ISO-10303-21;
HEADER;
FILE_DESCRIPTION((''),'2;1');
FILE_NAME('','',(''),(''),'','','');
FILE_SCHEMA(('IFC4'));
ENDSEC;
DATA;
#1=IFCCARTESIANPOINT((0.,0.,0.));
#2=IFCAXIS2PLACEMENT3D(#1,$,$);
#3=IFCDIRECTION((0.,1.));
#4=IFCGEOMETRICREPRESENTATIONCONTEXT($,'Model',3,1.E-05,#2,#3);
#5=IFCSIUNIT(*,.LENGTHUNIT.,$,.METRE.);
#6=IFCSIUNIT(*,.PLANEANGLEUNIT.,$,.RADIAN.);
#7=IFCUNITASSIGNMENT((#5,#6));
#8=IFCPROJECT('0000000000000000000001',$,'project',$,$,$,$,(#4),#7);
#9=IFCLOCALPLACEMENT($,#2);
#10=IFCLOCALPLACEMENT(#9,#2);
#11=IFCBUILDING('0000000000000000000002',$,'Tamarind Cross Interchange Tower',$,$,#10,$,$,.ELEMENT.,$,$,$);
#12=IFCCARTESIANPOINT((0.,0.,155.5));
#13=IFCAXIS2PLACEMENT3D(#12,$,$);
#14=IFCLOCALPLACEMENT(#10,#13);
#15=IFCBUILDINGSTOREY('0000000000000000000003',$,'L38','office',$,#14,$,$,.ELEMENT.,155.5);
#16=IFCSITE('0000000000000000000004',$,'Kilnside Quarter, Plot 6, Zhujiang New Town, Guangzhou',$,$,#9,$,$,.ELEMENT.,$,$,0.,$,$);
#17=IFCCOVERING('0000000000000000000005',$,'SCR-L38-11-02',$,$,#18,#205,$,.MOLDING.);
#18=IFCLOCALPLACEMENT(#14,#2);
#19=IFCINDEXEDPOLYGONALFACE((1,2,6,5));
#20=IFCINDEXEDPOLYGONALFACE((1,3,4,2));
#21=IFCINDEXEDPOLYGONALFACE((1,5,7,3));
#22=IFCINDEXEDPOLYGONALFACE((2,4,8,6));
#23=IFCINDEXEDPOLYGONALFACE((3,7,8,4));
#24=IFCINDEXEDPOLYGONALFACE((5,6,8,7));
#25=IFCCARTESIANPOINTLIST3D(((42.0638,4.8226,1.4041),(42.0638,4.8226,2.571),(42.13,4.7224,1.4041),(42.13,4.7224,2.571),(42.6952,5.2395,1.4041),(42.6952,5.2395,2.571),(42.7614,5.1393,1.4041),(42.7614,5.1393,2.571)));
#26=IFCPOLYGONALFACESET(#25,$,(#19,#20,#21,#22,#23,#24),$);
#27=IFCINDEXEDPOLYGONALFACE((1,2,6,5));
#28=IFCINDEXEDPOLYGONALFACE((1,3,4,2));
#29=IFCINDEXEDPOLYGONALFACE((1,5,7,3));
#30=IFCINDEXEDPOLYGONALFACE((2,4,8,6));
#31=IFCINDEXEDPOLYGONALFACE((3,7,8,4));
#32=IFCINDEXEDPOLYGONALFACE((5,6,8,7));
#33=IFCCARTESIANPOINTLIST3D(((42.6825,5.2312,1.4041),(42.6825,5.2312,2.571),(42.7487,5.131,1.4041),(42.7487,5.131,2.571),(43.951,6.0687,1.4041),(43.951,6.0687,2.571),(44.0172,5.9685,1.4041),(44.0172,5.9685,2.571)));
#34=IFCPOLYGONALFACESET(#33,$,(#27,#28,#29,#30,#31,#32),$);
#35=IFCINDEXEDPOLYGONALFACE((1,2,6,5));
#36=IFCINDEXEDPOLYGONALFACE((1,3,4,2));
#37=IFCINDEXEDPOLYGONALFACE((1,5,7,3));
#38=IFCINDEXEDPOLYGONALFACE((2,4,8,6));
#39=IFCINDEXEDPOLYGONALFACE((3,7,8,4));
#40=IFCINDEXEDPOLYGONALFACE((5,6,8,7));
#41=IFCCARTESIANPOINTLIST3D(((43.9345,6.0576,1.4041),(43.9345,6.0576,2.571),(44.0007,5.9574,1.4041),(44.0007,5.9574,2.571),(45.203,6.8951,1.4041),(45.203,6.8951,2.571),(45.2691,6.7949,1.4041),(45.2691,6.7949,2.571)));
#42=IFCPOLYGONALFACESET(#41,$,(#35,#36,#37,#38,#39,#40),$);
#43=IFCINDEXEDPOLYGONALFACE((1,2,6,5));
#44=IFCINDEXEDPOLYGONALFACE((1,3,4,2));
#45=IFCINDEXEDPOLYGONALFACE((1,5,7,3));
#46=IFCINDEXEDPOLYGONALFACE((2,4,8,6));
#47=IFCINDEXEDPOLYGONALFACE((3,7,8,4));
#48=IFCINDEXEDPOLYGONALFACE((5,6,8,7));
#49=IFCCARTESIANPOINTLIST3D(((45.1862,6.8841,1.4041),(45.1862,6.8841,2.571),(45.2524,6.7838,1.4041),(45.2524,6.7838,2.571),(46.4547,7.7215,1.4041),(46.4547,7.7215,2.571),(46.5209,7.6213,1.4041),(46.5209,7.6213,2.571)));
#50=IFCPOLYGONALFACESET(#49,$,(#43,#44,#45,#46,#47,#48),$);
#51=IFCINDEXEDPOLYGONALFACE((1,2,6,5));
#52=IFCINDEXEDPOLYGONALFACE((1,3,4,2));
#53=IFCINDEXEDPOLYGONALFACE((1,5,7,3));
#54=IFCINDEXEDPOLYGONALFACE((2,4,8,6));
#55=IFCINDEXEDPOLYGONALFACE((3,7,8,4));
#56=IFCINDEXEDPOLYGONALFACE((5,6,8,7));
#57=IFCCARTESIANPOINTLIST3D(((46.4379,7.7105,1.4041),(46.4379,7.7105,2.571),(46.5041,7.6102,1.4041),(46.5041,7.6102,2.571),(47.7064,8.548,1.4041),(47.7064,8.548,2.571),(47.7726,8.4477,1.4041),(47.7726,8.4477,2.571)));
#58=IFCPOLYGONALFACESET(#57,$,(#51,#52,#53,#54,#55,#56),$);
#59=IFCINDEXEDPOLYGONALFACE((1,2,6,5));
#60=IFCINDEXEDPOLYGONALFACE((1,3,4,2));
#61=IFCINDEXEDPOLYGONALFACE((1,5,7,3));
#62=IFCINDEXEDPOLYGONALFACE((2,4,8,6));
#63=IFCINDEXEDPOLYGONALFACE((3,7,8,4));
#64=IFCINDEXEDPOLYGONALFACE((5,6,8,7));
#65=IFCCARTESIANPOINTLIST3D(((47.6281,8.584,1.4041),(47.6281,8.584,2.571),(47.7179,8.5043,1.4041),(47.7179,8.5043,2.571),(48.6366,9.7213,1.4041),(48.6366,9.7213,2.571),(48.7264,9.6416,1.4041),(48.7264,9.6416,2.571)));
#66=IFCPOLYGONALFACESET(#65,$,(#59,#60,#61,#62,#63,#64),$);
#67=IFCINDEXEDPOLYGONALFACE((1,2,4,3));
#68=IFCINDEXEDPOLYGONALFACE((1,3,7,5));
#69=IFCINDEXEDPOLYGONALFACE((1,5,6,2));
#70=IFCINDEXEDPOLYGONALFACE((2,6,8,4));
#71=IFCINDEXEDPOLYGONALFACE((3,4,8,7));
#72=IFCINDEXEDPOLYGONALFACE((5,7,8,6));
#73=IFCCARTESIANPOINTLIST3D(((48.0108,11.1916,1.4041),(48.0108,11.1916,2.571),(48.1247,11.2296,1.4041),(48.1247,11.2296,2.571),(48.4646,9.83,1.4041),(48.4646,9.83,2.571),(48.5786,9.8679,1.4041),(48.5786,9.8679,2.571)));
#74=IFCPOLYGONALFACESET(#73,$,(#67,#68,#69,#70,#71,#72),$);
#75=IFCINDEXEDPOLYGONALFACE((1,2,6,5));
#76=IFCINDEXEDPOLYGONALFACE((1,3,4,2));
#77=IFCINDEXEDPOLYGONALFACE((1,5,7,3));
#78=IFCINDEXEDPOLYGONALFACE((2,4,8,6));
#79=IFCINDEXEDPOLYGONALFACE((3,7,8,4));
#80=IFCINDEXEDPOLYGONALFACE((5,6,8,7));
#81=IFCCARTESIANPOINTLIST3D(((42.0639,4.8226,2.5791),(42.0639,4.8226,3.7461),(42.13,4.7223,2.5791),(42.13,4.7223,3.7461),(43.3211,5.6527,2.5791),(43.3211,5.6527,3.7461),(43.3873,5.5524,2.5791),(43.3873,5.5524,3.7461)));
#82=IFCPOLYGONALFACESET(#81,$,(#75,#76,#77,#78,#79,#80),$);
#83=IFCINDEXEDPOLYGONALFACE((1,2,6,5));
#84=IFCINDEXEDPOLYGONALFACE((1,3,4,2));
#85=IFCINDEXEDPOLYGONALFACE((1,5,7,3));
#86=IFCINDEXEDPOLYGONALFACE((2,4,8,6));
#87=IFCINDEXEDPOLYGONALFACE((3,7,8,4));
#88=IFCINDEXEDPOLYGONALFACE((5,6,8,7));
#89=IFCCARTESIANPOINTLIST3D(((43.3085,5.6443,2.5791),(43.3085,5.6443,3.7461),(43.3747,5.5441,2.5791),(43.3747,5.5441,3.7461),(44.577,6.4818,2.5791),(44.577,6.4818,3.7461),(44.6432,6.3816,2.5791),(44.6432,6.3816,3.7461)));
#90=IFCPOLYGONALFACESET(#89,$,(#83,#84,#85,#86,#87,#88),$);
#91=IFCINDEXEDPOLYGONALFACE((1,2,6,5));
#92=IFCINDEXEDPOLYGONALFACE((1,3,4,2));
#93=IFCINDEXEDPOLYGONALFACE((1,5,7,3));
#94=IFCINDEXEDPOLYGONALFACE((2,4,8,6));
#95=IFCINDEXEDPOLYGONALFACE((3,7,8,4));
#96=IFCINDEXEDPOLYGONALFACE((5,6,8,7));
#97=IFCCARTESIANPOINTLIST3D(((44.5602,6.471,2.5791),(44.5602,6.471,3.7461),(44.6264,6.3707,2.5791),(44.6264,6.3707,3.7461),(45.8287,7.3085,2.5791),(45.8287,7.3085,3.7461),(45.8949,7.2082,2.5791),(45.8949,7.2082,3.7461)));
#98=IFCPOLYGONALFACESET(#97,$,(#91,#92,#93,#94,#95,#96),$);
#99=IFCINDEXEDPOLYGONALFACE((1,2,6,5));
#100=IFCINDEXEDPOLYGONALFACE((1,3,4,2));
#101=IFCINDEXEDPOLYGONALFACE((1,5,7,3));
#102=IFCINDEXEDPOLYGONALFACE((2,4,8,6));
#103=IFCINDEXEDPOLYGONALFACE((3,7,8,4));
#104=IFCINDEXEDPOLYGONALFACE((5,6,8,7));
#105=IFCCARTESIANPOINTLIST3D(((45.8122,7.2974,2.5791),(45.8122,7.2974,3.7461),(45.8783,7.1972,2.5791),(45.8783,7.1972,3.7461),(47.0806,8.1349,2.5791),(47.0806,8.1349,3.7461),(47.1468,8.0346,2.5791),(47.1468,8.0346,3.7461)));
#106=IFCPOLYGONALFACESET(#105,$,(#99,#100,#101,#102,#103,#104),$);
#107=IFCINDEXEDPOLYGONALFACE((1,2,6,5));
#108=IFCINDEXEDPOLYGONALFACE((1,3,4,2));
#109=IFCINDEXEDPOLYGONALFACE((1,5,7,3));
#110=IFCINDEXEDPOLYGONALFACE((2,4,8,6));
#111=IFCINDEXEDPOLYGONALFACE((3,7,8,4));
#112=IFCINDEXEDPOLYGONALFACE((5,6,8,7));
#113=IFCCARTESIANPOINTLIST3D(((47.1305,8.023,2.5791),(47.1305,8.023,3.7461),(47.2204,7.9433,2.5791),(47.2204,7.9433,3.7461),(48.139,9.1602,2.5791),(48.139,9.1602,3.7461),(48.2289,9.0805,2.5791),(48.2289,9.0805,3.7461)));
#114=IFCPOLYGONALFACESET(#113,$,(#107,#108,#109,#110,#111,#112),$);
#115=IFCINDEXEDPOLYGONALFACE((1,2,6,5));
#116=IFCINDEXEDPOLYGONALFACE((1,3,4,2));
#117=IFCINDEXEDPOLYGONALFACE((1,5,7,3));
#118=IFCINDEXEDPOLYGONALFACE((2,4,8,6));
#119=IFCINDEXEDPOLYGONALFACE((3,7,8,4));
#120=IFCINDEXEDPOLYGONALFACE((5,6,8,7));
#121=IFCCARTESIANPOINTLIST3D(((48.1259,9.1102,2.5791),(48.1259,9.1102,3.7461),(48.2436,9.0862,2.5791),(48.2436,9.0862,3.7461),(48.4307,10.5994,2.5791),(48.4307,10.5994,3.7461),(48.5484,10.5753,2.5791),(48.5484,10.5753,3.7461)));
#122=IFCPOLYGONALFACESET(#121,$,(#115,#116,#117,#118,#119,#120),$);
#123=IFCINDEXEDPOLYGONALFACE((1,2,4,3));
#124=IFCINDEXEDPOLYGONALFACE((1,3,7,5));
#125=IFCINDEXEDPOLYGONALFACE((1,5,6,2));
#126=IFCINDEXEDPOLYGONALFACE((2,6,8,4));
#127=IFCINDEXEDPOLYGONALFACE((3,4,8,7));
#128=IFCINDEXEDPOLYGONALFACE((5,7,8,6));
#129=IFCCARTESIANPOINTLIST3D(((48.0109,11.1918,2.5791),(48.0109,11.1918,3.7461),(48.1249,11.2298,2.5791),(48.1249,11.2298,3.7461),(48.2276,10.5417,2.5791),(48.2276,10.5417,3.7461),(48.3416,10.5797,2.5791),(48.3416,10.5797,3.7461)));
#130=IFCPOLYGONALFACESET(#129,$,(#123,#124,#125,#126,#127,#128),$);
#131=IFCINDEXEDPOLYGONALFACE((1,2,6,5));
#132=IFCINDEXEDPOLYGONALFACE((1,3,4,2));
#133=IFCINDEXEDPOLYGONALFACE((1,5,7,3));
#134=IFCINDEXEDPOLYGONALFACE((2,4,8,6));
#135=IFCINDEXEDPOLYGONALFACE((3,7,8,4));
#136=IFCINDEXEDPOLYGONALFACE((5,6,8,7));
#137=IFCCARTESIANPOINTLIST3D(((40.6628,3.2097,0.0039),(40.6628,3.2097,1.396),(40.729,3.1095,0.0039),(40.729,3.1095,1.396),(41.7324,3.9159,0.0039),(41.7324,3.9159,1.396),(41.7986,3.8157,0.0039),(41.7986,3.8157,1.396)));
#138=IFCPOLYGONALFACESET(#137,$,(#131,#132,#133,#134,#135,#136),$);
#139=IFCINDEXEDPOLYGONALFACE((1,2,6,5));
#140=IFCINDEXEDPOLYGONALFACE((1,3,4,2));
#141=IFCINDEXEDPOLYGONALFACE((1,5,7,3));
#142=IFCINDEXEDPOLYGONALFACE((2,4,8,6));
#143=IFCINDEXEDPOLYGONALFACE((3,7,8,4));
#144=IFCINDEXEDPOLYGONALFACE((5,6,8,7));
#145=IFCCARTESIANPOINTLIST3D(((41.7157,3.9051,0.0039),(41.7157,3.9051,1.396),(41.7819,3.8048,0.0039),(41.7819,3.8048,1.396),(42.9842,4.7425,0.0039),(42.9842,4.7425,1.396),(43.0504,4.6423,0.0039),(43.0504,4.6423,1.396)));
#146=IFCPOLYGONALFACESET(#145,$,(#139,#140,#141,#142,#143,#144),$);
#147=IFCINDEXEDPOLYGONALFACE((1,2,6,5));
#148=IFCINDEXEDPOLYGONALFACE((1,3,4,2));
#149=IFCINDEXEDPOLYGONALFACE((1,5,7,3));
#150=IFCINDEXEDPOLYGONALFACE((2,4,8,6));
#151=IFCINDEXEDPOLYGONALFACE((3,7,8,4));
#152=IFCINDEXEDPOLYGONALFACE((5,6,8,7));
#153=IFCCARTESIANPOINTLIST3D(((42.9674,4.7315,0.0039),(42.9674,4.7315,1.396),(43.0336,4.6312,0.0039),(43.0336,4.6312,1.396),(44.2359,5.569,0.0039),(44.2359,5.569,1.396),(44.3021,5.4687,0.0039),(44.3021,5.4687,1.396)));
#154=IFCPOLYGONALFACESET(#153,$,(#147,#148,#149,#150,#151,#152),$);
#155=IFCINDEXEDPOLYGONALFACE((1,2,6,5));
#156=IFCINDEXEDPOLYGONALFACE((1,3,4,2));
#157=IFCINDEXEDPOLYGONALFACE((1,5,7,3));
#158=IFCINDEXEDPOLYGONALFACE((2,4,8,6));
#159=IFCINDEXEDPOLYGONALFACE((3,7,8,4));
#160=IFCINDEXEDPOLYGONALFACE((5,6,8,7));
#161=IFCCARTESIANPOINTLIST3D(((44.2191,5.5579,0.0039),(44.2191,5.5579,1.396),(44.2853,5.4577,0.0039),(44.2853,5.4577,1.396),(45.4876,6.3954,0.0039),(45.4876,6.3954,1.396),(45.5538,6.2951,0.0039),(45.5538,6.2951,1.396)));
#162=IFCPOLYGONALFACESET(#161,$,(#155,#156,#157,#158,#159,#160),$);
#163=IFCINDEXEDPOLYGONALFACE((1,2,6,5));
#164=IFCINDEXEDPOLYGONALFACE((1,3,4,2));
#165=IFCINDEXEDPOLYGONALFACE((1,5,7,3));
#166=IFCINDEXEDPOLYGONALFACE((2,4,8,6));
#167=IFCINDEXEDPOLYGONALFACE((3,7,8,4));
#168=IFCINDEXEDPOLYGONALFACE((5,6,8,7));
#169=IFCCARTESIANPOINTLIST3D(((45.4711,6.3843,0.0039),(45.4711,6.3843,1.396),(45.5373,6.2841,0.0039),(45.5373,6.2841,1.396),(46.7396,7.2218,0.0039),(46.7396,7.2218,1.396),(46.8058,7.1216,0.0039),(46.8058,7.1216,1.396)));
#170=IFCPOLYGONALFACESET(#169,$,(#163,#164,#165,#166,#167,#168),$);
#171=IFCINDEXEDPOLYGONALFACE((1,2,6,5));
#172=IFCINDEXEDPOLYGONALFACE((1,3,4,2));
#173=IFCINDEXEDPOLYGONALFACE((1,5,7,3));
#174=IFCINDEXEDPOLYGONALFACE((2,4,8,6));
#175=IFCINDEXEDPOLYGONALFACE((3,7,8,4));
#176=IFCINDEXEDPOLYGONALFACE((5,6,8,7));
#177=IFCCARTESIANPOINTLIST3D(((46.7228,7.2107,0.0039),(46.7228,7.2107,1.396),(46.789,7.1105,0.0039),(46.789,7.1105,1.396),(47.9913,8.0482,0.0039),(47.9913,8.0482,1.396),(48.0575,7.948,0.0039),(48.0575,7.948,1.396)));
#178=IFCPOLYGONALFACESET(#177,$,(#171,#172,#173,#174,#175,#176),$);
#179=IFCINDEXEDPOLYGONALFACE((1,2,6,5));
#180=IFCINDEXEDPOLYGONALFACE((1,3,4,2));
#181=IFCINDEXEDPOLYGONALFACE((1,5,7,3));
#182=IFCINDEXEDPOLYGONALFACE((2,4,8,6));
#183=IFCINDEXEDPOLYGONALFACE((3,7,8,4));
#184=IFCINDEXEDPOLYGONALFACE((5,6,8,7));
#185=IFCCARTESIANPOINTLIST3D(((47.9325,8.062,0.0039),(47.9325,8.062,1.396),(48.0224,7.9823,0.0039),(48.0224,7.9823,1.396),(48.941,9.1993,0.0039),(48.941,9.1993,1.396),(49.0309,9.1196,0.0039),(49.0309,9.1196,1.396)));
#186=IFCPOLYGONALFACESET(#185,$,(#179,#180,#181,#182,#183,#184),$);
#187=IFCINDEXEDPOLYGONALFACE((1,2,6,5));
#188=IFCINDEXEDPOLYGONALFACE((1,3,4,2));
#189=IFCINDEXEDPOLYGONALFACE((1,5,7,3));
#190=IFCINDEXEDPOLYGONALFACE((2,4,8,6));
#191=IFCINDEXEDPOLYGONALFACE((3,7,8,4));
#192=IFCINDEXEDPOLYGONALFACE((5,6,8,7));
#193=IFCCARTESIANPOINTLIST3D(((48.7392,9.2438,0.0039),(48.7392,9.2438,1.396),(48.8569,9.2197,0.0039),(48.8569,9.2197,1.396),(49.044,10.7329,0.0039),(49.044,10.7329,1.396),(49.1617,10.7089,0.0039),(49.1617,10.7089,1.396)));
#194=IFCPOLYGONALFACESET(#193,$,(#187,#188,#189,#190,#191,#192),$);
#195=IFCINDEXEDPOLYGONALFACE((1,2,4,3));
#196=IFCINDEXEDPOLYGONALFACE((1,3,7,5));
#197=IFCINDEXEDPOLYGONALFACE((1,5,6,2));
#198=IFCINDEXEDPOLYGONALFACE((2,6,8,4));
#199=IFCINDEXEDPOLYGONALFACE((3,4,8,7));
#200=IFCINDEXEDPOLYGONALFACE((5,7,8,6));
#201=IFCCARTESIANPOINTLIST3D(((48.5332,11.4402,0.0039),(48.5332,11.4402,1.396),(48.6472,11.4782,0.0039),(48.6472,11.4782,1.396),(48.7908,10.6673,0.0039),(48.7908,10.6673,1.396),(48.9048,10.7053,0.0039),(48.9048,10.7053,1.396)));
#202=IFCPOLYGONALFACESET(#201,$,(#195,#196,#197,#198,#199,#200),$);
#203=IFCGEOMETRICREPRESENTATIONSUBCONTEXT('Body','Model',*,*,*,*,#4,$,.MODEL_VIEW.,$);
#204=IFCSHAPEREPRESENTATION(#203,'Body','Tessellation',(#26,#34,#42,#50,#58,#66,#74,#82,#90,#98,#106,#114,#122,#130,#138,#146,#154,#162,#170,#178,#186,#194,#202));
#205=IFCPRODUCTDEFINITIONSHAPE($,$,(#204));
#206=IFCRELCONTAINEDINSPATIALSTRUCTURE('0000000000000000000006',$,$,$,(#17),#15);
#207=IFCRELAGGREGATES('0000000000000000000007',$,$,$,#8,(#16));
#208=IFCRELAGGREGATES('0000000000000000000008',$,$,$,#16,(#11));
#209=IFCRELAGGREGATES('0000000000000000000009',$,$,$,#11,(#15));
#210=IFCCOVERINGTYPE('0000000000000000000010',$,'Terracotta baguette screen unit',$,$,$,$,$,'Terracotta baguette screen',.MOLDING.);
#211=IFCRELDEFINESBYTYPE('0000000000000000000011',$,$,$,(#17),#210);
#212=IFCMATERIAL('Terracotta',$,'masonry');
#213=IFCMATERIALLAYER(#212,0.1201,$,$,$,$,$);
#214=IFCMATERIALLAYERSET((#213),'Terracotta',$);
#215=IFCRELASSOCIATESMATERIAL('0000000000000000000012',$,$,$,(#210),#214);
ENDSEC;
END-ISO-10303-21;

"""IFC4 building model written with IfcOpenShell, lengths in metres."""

from ifc_helpers import new_model, si_unit, direction, frame, origin, origin_2d, place, context, subcontext, project, spatial, rectangle, extrude, material, layer, layer_set, type_object, element, save


model = new_model("IFC4")

# Units and contexts
model_context = context("Model", 3, precision=1e-05, world=origin(), true_north=direction((0.0, 1.0)))
body_context = subcontext(model_context, "Body", "Model", "MODEL_VIEW")
ifc_project = project(units=[si_unit("LENGTHUNIT", "METRE"), si_unit("PLANEANGLEUNIT", "RADIAN")], contexts=[model_context])

# Site, building, storey
site_placement = place(None, origin())
site = spatial("IfcSite", under=ifc_project, at=site_placement, Name="Kilnside Quarter, Plot 6, Zhujiang New Town, Guangzhou", CompositionType="ELEMENT", RefElevation=0.0)
building_placement = place(site_placement, origin())
building = spatial("IfcBuilding", under=site, at=building_placement, Name="Tamarind Cross Interchange Tower", CompositionType="ELEMENT")
storey_placement = place(building_placement, frame((0.0, 0.0, 155.5)))
storey = spatial("IfcBuildingStorey", under=building, at=storey_placement, Name="L38", Description="office", CompositionType="ELEMENT", Elevation=155.5)

# Covering
ifc_material_1 = material(Name="Terracotta", Category="masonry")
ifc_layer_1 = layer(ifc_material_1, 0.1201)
ifc_layer_set_1 = layer_set([ifc_layer_1], Name="Terracotta")
covering_type = type_object("IfcCoveringType", Name="Terracotta baguette screen unit", ElementType="Terracotta baguette screen", PredefinedType="MOLDING", material=ifc_layer_set_1)
covering_1_placement = place(storey_placement, origin())
element("IfcCovering", 1, at=covering_1_placement, inside=storey, type_object=covering_type, Name="SCR-L38-11-02", PredefinedType="MOLDING", context=body_context, shape_type="SweptSolid", body=[
    extrude(rectangle(XDim=0.7566, YDim=0.1201, at=origin_2d()), frame((42.4126, 4.981, 1.4041), z_axis=(0.0, 0.0, 1.0), x_axis=(0.834525, 0.55097, 0.0)), (0.0, 0.0, 1.0), 1.167),
    extrude(rectangle(XDim=1.52, YDim=0.1201, at=origin_2d()), frame((43.3499, 5.5999, 1.4041), z_axis=(0.0, 0.0, 1.0), x_axis=(0.834525, 0.55097, 0.0)), (0.0, 0.0, 1.0), 1.167),
    extrude(rectangle(XDim=1.52, YDim=0.1201, at=origin_2d()), frame((44.6018, 6.4263, 1.4041), z_axis=(0.0, 0.0, 1.0), x_axis=(0.834525, 0.55097, 0.0)), (0.0, 0.0, 1.0), 1.167),
    extrude(rectangle(XDim=1.52, YDim=0.1201, at=origin_2d()), frame((45.8535, 7.2527, 1.4041), z_axis=(0.0, 0.0, 1.0), x_axis=(0.834525, 0.55097, 0.0)), (0.0, 0.0, 1.0), 1.167),
    extrude(rectangle(XDim=1.52, YDim=0.1201, at=origin_2d()), frame((47.1052, 8.0791, 1.4041), z_axis=(0.0, 0.0, 1.0), x_axis=(0.834525, 0.55097, 0.0)), (0.0, 0.0, 1.0), 1.167),
    extrude(rectangle(XDim=1.52, YDim=0.1201, at=origin_2d()), frame((48.1772, 9.1128, 1.4041), z_axis=(0.0, 0.0, 1.0), x_axis=(0.663488, 0.748187, 0.0)), (0.0, 0.0, 1.0), 1.167),
    extrude(rectangle(XDim=1.4353, YDim=0.1201, at=origin_2d()), frame((48.2947, 10.5298, 1.4041), z_axis=(0.0, 0.0, 1.0), x_axis=(-0.316205, 0.948691, 0.0)), (0.0, 0.0, 1.0), 1.167),
    extrude(rectangle(XDim=1.5066, YDim=0.1201, at=origin_2d()), frame((42.7256, 5.1875, 2.5791), z_axis=(0.0, 0.0, 1.0), x_axis=(0.834525, 0.55097, 0.0)), (0.0, 0.0, 1.0), 1.167),
    extrude(rectangle(XDim=1.52, YDim=0.1201, at=origin_2d()), frame((43.9758, 6.0129, 2.5791), z_axis=(0.0, 0.0, 1.0), x_axis=(0.834525, 0.55097, 0.0)), (0.0, 0.0, 1.0), 1.167),
    extrude(rectangle(XDim=1.52, YDim=0.1201, at=origin_2d()), frame((45.2275, 6.8396, 2.5791), z_axis=(0.0, 0.0, 1.0), x_axis=(0.834525, 0.55097, 0.0)), (0.0, 0.0, 1.0), 1.167),
    extrude(rectangle(XDim=1.52, YDim=0.1201, at=origin_2d()), frame((46.4795, 7.666, 2.5791), z_axis=(0.0, 0.0, 1.0), x_axis=(0.834525, 0.55097, 0.0)), (0.0, 0.0, 1.0), 1.167),
    extrude(rectangle(XDim=1.52, YDim=0.1201, at=origin_2d()), frame((47.6797, 8.5518, 2.5791), z_axis=(0.0, 0.0, 1.0), x_axis=(0.663488, 0.748187, 0.0)), (0.0, 0.0, 1.0), 1.167),
    extrude(rectangle(XDim=1.52, YDim=0.1201, at=origin_2d()), frame((48.3372, 9.8428, 2.5791), z_axis=(0.0, 0.0, 1.0), x_axis=(0.200503, 0.979693, 0.0)), (0.0, 0.0, 1.0), 1.167),
    extrude(rectangle(XDim=0.6853, YDim=0.1201, at=origin_2d()), frame((48.1763, 10.8857, 2.5791), z_axis=(0.0, 0.0, 1.0), x_axis=(-0.316205, 0.948691, 0.0)), (0.0, 0.0, 1.0), 1.167),
    extrude(rectangle(XDim=1.2817, YDim=0.1201, at=origin_2d()), frame((41.2307, 3.5127, 0.0039), z_axis=(0.0, 0.0, 1.0), x_axis=(0.834525, 0.55097, 0.0)), (0.0, 0.0, 1.0), 1.3921),
    extrude(rectangle(XDim=1.52, YDim=0.1201, at=origin_2d()), frame((42.3831, 4.2737, 0.0039), z_axis=(0.0, 0.0, 1.0), x_axis=(0.834525, 0.55097, 0.0)), (0.0, 0.0, 1.0), 1.3921),
    extrude(rectangle(XDim=1.52, YDim=0.1201, at=origin_2d()), frame((43.6348, 5.1001, 0.0039), z_axis=(0.0, 0.0, 1.0), x_axis=(0.834525, 0.55097, 0.0)), (0.0, 0.0, 1.0), 1.3921),
    extrude(rectangle(XDim=1.52, YDim=0.1201, at=origin_2d()), frame((44.8865, 5.9265, 0.0039), z_axis=(0.0, 0.0, 1.0), x_axis=(0.834525, 0.55097, 0.0)), (0.0, 0.0, 1.0), 1.3921),
    extrude(rectangle(XDim=1.52, YDim=0.1201, at=origin_2d()), frame((46.1384, 6.7529, 0.0039), z_axis=(0.0, 0.0, 1.0), x_axis=(0.834525, 0.55097, 0.0)), (0.0, 0.0, 1.0), 1.3921),
    extrude(rectangle(XDim=1.52, YDim=0.1201, at=origin_2d()), frame((47.3901, 7.5793, 0.0039), z_axis=(0.0, 0.0, 1.0), x_axis=(0.834525, 0.55097, 0.0)), (0.0, 0.0, 1.0), 1.3921),
    extrude(rectangle(XDim=1.52, YDim=0.1201, at=origin_2d()), frame((48.4817, 8.5908, 0.0039), z_axis=(0.0, 0.0, 1.0), x_axis=(0.663488, 0.748187, 0.0)), (0.0, 0.0, 1.0), 1.3921),
    extrude(rectangle(XDim=1.52, YDim=0.1201, at=origin_2d()), frame((48.9504, 9.9763, 0.0039), z_axis=(0.0, 0.0, 1.0), x_axis=(0.200503, 0.979693, 0.0)), (0.0, 0.0, 1.0), 1.3921),
    extrude(rectangle(XDim=0.8147, YDim=0.1201, at=origin_2d()), frame((48.719, 11.0728, 0.0039), z_axis=(0.0, 0.0, 1.0), x_axis=(-0.316205, 0.948691, 0.0)), (0.0, 0.0, 1.0), 1.3921),
])

save(model, "model.ifc")
